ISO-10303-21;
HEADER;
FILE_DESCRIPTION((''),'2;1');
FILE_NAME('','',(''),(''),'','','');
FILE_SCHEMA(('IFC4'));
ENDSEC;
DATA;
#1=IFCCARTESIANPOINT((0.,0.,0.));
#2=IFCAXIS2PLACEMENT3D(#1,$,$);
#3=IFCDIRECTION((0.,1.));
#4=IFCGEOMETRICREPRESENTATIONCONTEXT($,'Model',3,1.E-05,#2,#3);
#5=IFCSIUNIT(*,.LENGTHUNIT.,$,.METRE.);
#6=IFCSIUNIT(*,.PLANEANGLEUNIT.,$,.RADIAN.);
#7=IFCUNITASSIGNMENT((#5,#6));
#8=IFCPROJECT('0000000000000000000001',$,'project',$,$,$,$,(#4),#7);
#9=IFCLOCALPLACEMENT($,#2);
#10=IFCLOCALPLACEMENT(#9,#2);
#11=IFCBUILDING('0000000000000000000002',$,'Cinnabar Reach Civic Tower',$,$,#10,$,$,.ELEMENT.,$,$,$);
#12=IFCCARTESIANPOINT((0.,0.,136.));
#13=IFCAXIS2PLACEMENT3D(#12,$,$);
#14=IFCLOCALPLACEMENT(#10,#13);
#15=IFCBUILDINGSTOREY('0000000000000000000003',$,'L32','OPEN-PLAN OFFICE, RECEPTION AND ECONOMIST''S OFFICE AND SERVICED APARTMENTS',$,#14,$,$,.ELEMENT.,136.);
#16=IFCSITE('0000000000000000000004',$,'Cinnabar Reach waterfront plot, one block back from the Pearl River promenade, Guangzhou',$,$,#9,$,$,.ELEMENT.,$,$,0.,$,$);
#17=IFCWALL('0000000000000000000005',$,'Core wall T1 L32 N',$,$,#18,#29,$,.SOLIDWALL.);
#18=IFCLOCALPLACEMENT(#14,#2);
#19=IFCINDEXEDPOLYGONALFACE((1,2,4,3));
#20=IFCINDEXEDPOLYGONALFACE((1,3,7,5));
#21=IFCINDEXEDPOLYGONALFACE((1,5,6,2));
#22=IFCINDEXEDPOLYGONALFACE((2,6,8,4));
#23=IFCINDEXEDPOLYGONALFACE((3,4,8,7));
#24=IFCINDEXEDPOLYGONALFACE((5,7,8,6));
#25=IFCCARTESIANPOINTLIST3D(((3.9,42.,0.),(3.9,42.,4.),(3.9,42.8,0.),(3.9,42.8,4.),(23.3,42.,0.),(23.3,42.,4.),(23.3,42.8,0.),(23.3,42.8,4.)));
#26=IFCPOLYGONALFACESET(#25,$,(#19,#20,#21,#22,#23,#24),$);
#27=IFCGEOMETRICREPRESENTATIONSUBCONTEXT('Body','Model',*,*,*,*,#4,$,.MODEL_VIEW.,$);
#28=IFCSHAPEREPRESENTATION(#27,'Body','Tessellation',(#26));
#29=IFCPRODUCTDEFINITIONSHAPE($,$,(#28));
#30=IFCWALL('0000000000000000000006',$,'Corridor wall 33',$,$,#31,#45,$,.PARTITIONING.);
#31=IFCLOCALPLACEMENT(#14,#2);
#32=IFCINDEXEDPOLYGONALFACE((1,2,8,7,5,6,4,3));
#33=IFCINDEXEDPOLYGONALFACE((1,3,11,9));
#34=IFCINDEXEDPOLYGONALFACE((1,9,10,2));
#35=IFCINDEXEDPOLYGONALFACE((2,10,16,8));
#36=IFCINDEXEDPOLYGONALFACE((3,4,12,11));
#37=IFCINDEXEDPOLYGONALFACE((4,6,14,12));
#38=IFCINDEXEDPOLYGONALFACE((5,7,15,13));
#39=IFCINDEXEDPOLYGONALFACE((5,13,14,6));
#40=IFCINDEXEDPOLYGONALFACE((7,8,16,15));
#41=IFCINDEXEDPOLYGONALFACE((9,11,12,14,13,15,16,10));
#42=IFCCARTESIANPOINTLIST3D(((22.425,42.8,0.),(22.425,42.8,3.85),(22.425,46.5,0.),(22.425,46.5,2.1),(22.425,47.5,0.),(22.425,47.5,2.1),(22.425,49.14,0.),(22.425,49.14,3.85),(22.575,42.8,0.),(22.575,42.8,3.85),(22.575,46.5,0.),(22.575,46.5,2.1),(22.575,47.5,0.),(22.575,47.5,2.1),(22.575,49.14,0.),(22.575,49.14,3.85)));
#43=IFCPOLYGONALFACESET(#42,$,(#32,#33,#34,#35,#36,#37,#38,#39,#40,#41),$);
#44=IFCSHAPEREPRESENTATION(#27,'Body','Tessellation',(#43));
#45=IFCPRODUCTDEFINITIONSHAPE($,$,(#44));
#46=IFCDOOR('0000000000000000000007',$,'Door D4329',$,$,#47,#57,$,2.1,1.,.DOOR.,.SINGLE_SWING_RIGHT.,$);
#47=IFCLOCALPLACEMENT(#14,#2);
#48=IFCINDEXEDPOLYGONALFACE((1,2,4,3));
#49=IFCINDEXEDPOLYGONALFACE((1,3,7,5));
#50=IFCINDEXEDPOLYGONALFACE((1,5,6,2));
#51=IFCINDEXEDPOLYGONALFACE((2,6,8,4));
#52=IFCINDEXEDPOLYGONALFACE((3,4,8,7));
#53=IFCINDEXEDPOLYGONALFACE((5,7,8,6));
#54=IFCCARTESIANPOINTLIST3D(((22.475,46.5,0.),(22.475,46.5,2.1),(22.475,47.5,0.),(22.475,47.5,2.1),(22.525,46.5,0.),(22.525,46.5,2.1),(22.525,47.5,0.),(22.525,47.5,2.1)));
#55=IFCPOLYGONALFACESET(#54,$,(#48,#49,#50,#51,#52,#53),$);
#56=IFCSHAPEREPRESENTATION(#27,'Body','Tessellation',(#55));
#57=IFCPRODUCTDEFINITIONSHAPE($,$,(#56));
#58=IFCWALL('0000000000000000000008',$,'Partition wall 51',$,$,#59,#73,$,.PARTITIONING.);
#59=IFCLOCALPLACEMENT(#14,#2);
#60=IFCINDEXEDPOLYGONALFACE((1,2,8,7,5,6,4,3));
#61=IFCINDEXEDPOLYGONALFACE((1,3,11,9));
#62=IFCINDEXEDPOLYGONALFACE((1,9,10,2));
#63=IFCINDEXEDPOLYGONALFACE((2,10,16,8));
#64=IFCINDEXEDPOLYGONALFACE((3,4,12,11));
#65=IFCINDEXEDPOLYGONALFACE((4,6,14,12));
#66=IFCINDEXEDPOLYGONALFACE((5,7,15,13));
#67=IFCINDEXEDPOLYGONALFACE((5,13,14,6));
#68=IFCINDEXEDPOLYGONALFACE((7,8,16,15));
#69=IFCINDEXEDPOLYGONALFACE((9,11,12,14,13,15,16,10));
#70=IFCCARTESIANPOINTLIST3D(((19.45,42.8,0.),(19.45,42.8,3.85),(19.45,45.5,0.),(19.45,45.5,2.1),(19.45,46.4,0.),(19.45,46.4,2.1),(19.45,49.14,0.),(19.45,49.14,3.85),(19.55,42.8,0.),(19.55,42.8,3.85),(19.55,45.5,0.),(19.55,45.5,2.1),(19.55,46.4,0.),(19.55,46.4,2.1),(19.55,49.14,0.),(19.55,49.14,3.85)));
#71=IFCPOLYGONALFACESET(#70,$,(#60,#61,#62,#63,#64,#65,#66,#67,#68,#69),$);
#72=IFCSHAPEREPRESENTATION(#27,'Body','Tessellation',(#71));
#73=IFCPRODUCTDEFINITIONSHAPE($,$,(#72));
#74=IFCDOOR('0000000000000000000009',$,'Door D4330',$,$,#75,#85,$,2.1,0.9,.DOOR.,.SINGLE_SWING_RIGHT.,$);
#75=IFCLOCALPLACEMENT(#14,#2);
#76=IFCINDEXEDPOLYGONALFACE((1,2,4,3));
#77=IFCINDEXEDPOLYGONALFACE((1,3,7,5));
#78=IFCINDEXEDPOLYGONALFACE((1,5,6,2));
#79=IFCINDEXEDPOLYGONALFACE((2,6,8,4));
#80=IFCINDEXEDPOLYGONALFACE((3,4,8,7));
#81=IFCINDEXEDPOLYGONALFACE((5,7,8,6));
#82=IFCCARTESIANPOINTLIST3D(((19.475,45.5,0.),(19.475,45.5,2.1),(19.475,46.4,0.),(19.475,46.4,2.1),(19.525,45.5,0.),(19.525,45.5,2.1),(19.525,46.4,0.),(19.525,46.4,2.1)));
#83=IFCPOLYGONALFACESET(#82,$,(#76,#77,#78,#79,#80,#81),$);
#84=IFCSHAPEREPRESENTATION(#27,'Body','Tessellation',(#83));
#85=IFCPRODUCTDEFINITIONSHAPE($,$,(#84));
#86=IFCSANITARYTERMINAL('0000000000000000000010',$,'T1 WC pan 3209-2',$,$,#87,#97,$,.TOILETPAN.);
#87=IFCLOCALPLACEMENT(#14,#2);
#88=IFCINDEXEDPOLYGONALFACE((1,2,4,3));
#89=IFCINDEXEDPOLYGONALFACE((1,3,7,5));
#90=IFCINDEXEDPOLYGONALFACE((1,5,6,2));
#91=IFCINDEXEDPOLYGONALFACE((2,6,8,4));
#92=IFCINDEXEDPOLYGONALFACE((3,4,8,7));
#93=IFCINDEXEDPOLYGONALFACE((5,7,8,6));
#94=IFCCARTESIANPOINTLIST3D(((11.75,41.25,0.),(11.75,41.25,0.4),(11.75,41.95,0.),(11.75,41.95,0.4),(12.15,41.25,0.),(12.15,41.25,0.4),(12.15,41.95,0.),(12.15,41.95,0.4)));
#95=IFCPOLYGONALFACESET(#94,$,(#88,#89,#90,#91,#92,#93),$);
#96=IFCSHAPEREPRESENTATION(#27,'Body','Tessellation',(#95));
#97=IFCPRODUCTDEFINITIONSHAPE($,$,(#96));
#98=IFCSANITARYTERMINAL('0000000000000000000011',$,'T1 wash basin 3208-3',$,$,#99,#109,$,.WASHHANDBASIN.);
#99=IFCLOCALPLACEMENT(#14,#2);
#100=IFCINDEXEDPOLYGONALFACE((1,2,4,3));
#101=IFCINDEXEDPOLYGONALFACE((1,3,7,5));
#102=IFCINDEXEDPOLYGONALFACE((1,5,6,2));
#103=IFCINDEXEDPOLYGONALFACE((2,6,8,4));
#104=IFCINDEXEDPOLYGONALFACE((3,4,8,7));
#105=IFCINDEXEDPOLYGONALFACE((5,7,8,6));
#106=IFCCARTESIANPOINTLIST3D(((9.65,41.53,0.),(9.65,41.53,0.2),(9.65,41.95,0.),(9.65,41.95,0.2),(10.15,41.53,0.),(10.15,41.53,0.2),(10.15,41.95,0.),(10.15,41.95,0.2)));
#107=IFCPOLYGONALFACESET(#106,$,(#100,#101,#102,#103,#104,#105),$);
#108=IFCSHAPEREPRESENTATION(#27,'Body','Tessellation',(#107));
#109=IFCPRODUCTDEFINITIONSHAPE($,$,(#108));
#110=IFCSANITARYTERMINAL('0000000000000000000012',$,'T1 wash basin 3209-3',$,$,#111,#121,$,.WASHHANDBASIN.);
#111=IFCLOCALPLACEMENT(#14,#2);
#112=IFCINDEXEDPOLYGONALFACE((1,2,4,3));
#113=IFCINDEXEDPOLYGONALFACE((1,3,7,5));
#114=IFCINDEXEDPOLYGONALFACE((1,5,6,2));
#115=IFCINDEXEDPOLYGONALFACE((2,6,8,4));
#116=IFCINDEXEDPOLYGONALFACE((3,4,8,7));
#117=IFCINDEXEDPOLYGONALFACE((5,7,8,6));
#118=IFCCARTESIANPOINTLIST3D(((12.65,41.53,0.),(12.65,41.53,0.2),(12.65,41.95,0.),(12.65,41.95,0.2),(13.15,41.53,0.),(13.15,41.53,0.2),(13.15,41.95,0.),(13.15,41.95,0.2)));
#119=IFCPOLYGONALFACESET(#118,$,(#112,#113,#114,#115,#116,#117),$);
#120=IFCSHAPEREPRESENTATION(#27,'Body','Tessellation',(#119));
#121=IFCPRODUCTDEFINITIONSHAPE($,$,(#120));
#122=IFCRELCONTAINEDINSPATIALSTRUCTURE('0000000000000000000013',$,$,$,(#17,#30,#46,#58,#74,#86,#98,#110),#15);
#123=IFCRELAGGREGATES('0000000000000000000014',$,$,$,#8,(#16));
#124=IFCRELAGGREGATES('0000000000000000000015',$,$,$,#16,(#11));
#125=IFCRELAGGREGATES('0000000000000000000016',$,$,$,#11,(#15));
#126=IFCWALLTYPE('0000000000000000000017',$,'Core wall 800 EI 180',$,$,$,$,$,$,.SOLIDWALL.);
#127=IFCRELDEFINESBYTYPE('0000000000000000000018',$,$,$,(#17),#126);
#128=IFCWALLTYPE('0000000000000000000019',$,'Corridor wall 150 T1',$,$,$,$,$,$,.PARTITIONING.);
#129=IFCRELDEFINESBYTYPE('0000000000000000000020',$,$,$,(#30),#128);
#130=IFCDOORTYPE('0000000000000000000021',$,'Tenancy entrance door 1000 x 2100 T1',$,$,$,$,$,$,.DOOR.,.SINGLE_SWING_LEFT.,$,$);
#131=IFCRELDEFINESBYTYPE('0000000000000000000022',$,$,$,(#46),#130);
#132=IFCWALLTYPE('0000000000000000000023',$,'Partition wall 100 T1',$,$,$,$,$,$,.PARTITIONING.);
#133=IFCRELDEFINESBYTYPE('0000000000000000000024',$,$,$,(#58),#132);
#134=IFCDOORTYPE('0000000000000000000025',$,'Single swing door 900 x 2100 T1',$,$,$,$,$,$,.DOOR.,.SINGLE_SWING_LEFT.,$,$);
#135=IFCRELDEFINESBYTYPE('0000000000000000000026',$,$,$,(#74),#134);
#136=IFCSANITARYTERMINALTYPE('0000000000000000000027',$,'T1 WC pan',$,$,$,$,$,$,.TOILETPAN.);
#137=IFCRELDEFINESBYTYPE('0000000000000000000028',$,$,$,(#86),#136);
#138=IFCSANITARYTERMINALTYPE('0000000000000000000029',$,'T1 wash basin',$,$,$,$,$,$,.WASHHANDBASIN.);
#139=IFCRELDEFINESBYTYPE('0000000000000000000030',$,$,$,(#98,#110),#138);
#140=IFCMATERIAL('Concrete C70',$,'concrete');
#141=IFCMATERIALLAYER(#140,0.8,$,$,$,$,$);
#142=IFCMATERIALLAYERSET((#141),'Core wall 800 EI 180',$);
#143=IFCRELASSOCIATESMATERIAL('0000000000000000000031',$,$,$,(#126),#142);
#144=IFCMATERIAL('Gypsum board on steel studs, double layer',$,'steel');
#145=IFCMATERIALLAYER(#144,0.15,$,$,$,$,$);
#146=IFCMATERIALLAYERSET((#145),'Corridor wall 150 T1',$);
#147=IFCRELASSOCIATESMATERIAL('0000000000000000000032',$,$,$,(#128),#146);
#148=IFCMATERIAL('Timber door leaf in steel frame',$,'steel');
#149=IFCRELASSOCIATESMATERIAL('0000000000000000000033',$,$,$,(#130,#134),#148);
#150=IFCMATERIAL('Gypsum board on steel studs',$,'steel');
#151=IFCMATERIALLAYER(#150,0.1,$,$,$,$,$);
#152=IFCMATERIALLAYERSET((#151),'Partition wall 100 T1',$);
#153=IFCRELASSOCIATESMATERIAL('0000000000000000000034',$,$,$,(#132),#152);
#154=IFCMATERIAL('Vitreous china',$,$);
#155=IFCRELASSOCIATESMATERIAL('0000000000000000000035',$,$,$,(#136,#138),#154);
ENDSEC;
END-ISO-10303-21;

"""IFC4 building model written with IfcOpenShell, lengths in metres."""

from ifc_helpers import new_model, si_unit, direction, frame, frame_2d, origin, origin_2d, place, context, subcontext, project, spatial, rectangle, extrude, material, layer, layer_set, type_object, element, fill, save


model = new_model("IFC4")

# Units and contexts
model_context = context("Model", 3, precision=1e-05, world=origin(), true_north=direction((0.0, 1.0)))
body_context = subcontext(model_context, "Body", "Model", "MODEL_VIEW")
ifc_project = project(units=[si_unit("LENGTHUNIT", "METRE"), si_unit("PLANEANGLEUNIT", "RADIAN")], contexts=[model_context])

# Site, building, storey
site_placement = place(None, origin())
site = spatial("IfcSite", under=ifc_project, at=site_placement, Name="Cinnabar Reach waterfront plot, one block back from the Pearl River promenade, Guangzhou", CompositionType="ELEMENT", RefElevation=0.0)
building_placement = place(site_placement, origin())
building = spatial("IfcBuilding", under=site, at=building_placement, Name="Cinnabar Reach Civic Tower", CompositionType="ELEMENT")
storey_placement = place(building_placement, frame((0.0, 0.0, 136.0)))
storey = spatial("IfcBuildingStorey", under=building, at=storey_placement, Name="L32", Description="OPEN-PLAN OFFICE, RECEPTION AND ECONOMIST'S OFFICE AND SERVICED APARTMENTS", CompositionType="ELEMENT", Elevation=136.0)

# Shared definitions
ifc_material_1 = material(Name="Concrete C70", Category="concrete")

# Wall
ifc_layer_1 = layer(ifc_material_1, 0.8)
ifc_layer_set_1 = layer_set([ifc_layer_1], Name="Core wall 800 EI 180")
wall_type_1 = type_object("IfcWallType", Name="Core wall 800 EI 180", PredefinedType="SOLIDWALL", material=ifc_layer_set_1)
wall_1_placement = place(storey_placement, frame((23.3, 42.4, 0.0), z_axis=(0.0, 0.0, 1.0), x_axis=(-1.0, 0.0, 0.0)))
element("IfcWall", 1, at=wall_1_placement, inside=storey, type_object=wall_type_1, Name="Core wall T1 L32 N", PredefinedType="SOLIDWALL", context=body_context, shape_type="SweptSolid", body=[
    extrude(rectangle(XDim=19.4, YDim=0.8, at=frame_2d((9.7, 0.0))), origin(), (0.0, 0.0, 1.0), 4.0),
])

# Walls, openings, doors
ifc_material_2 = material(Name="Gypsum board on steel studs, double layer", Category="steel")
ifc_layer_2 = layer(ifc_material_2, 0.15)
ifc_layer_set_2 = layer_set([ifc_layer_2], Name="Corridor wall 150 T1")
wall_type_2 = type_object("IfcWallType", Name="Corridor wall 150 T1", PredefinedType="PARTITIONING", material=ifc_layer_set_2)
wall_2_placement = place(storey_placement, frame((22.5, 42.8, 0.0), z_axis=(0.0, 0.0, 1.0), x_axis=(0.0, 1.0, 0.0)))
wall_2 = element("IfcWall", 2, at=wall_2_placement, inside=storey, type_object=wall_type_2, Name="Corridor wall 33", PredefinedType="PARTITIONING", context=body_context, shape_type="SweptSolid", body=[
    extrude(rectangle(XDim=6.34, YDim=0.15, at=frame_2d((3.17, 0.0))), origin(), (0.0, 0.0, 1.0), 3.85),
])
opening_1_placement = place(wall_2_placement, frame((3.7, 0.0, 0.0)))
opening_1 = element("IfcOpeningElement", 3, at=opening_1_placement, cuts=wall_2, PredefinedType="OPENING", context=body_context, shape_type="SweptSolid", body=[
    extrude(rectangle(XDim=1.0, YDim=2.1, at=frame_2d((0.5, 1.05))), frame((0.0, 0.085, 0.0), z_axis=(0.0, -1.0, 0.0), x_axis=(1.0, 0.0, 0.0)), (0.0, 0.0, 1.0), 0.17),
])
ifc_material_3 = material(Name="Timber door leaf in steel frame", Category="steel")
door_type_1 = type_object("IfcDoorType", Name="Tenancy entrance door 1000 x 2100 T1", OperationType="SINGLE_SWING_LEFT", PredefinedType="DOOR", material=ifc_material_3)
door_1_placement = place(opening_1_placement, origin())
door_1 = element("IfcDoor", 4, at=door_1_placement, inside=storey, type_object=door_type_1, Name="Door D4329", OperationType="SINGLE_SWING_RIGHT", OverallHeight=2.1, OverallWidth=1.0, PredefinedType="DOOR", context=body_context, shape_type="SweptSolid", body=[
    extrude(rectangle(XDim=1.0, YDim=2.1, at=frame_2d((0.5, 1.05))), frame((0.0, 0.025, 0.0), z_axis=(0.0, -1.0, 0.0), x_axis=(1.0, 0.0, 0.0)), (0.0, 0.0, 1.0), 0.05),
])
fill(opening_1, door_1)
ifc_material_4 = material(Name="Gypsum board on steel studs", Category="steel")
ifc_layer_3 = layer(ifc_material_4, 0.1)
ifc_layer_set_3 = layer_set([ifc_layer_3], Name="Partition wall 100 T1")
wall_type_3 = type_object("IfcWallType", Name="Partition wall 100 T1", PredefinedType="PARTITIONING", material=ifc_layer_set_3)
wall_3_placement = place(storey_placement, frame((19.5, 42.8, 0.0), z_axis=(0.0, 0.0, 1.0), x_axis=(0.0, 1.0, 0.0)))
wall_3 = element("IfcWall", 5, at=wall_3_placement, inside=storey, type_object=wall_type_3, Name="Partition wall 51", PredefinedType="PARTITIONING", context=body_context, shape_type="SweptSolid", body=[
    extrude(rectangle(XDim=6.34, YDim=0.1, at=frame_2d((3.17, 0.0))), origin(), (0.0, 0.0, 1.0), 3.85),
])
opening_2_placement = place(wall_3_placement, frame((2.7, 0.0, 0.0)))
opening_2 = element("IfcOpeningElement", 6, at=opening_2_placement, cuts=wall_3, PredefinedType="OPENING", context=body_context, shape_type="SweptSolid", body=[
    extrude(rectangle(XDim=0.9, YDim=2.1, at=frame_2d((0.45, 1.05))), frame((0.0, 0.06, 0.0), z_axis=(0.0, -1.0, 0.0), x_axis=(1.0, 0.0, 0.0)), (0.0, 0.0, 1.0), 0.12),
])
door_type_2 = type_object("IfcDoorType", Name="Single swing door 900 x 2100 T1", OperationType="SINGLE_SWING_LEFT", PredefinedType="DOOR", material=ifc_material_3)
door_2_placement = place(opening_2_placement, frame((0.9, 0.0, 0.0), z_axis=(0.0, 0.0, 1.0), x_axis=(-1.0, 0.0, 0.0)))
door_2 = element("IfcDoor", 7, at=door_2_placement, inside=storey, type_object=door_type_2, Name="Door D4330", OperationType="SINGLE_SWING_RIGHT", OverallHeight=2.1, OverallWidth=0.9, PredefinedType="DOOR", context=body_context, shape_type="SweptSolid", body=[
    extrude(rectangle(XDim=0.9, YDim=2.1, at=frame_2d((0.45, 1.05))), frame((0.0, 0.025, 0.0), z_axis=(0.0, -1.0, 0.0), x_axis=(1.0, 0.0, 0.0)), (0.0, 0.0, 1.0), 0.05),
])
fill(opening_2, door_2)

# Sanitary terminals
ifc_material_5 = material(Name="Vitreous china")
sanitary_terminal_type_1 = type_object("IfcSanitaryTerminalType", Name="T1 WC pan", PredefinedType="TOILETPAN", material=ifc_material_5)
sanitary_terminal_placement = place(storey_placement, frame((11.95, 41.6, 0.0), z_axis=(0.0, 0.0, 1.0), x_axis=(1.0, 0.0, 0.0)))
element("IfcSanitaryTerminal", 8, at=sanitary_terminal_placement, inside=storey, type_object=sanitary_terminal_type_1, Name="T1 WC pan 3209-2", PredefinedType="TOILETPAN", context=body_context, shape_type="SweptSolid", body=[
    extrude(rectangle(XDim=0.4, YDim=0.7, at=origin_2d()), origin(), (0.0, 0.0, 1.0), 0.4),
])
sanitary_terminal_type_2 = type_object("IfcSanitaryTerminalType", Name="T1 wash basin", PredefinedType="WASHHANDBASIN", material=ifc_material_5)
for number, where, z_axis, x_axis, name in (
    (9, (9.9, 41.74, 0.0), (0.0, 0.0, 1.0), (1.0, 0.0, 0.0), "T1 wash basin 3208-3"),
    (10, (12.9, 41.74, 0.0), (0.0, 0.0, 1.0), (1.0, 0.0, 0.0), "T1 wash basin 3209-3"),
):
    element("IfcSanitaryTerminal", number, at=place(storey_placement, frame(where, z_axis=z_axis, x_axis=x_axis)), inside=storey, type_object=sanitary_terminal_type_2, Name=name, PredefinedType="WASHHANDBASIN", context=body_context, shape_type="SweptSolid", body=[
        extrude(rectangle(XDim=0.5, YDim=0.42, at=origin_2d()), origin(), (0.0, 0.0, 1.0), 0.2),
    ])

save(model, "model.ifc")
